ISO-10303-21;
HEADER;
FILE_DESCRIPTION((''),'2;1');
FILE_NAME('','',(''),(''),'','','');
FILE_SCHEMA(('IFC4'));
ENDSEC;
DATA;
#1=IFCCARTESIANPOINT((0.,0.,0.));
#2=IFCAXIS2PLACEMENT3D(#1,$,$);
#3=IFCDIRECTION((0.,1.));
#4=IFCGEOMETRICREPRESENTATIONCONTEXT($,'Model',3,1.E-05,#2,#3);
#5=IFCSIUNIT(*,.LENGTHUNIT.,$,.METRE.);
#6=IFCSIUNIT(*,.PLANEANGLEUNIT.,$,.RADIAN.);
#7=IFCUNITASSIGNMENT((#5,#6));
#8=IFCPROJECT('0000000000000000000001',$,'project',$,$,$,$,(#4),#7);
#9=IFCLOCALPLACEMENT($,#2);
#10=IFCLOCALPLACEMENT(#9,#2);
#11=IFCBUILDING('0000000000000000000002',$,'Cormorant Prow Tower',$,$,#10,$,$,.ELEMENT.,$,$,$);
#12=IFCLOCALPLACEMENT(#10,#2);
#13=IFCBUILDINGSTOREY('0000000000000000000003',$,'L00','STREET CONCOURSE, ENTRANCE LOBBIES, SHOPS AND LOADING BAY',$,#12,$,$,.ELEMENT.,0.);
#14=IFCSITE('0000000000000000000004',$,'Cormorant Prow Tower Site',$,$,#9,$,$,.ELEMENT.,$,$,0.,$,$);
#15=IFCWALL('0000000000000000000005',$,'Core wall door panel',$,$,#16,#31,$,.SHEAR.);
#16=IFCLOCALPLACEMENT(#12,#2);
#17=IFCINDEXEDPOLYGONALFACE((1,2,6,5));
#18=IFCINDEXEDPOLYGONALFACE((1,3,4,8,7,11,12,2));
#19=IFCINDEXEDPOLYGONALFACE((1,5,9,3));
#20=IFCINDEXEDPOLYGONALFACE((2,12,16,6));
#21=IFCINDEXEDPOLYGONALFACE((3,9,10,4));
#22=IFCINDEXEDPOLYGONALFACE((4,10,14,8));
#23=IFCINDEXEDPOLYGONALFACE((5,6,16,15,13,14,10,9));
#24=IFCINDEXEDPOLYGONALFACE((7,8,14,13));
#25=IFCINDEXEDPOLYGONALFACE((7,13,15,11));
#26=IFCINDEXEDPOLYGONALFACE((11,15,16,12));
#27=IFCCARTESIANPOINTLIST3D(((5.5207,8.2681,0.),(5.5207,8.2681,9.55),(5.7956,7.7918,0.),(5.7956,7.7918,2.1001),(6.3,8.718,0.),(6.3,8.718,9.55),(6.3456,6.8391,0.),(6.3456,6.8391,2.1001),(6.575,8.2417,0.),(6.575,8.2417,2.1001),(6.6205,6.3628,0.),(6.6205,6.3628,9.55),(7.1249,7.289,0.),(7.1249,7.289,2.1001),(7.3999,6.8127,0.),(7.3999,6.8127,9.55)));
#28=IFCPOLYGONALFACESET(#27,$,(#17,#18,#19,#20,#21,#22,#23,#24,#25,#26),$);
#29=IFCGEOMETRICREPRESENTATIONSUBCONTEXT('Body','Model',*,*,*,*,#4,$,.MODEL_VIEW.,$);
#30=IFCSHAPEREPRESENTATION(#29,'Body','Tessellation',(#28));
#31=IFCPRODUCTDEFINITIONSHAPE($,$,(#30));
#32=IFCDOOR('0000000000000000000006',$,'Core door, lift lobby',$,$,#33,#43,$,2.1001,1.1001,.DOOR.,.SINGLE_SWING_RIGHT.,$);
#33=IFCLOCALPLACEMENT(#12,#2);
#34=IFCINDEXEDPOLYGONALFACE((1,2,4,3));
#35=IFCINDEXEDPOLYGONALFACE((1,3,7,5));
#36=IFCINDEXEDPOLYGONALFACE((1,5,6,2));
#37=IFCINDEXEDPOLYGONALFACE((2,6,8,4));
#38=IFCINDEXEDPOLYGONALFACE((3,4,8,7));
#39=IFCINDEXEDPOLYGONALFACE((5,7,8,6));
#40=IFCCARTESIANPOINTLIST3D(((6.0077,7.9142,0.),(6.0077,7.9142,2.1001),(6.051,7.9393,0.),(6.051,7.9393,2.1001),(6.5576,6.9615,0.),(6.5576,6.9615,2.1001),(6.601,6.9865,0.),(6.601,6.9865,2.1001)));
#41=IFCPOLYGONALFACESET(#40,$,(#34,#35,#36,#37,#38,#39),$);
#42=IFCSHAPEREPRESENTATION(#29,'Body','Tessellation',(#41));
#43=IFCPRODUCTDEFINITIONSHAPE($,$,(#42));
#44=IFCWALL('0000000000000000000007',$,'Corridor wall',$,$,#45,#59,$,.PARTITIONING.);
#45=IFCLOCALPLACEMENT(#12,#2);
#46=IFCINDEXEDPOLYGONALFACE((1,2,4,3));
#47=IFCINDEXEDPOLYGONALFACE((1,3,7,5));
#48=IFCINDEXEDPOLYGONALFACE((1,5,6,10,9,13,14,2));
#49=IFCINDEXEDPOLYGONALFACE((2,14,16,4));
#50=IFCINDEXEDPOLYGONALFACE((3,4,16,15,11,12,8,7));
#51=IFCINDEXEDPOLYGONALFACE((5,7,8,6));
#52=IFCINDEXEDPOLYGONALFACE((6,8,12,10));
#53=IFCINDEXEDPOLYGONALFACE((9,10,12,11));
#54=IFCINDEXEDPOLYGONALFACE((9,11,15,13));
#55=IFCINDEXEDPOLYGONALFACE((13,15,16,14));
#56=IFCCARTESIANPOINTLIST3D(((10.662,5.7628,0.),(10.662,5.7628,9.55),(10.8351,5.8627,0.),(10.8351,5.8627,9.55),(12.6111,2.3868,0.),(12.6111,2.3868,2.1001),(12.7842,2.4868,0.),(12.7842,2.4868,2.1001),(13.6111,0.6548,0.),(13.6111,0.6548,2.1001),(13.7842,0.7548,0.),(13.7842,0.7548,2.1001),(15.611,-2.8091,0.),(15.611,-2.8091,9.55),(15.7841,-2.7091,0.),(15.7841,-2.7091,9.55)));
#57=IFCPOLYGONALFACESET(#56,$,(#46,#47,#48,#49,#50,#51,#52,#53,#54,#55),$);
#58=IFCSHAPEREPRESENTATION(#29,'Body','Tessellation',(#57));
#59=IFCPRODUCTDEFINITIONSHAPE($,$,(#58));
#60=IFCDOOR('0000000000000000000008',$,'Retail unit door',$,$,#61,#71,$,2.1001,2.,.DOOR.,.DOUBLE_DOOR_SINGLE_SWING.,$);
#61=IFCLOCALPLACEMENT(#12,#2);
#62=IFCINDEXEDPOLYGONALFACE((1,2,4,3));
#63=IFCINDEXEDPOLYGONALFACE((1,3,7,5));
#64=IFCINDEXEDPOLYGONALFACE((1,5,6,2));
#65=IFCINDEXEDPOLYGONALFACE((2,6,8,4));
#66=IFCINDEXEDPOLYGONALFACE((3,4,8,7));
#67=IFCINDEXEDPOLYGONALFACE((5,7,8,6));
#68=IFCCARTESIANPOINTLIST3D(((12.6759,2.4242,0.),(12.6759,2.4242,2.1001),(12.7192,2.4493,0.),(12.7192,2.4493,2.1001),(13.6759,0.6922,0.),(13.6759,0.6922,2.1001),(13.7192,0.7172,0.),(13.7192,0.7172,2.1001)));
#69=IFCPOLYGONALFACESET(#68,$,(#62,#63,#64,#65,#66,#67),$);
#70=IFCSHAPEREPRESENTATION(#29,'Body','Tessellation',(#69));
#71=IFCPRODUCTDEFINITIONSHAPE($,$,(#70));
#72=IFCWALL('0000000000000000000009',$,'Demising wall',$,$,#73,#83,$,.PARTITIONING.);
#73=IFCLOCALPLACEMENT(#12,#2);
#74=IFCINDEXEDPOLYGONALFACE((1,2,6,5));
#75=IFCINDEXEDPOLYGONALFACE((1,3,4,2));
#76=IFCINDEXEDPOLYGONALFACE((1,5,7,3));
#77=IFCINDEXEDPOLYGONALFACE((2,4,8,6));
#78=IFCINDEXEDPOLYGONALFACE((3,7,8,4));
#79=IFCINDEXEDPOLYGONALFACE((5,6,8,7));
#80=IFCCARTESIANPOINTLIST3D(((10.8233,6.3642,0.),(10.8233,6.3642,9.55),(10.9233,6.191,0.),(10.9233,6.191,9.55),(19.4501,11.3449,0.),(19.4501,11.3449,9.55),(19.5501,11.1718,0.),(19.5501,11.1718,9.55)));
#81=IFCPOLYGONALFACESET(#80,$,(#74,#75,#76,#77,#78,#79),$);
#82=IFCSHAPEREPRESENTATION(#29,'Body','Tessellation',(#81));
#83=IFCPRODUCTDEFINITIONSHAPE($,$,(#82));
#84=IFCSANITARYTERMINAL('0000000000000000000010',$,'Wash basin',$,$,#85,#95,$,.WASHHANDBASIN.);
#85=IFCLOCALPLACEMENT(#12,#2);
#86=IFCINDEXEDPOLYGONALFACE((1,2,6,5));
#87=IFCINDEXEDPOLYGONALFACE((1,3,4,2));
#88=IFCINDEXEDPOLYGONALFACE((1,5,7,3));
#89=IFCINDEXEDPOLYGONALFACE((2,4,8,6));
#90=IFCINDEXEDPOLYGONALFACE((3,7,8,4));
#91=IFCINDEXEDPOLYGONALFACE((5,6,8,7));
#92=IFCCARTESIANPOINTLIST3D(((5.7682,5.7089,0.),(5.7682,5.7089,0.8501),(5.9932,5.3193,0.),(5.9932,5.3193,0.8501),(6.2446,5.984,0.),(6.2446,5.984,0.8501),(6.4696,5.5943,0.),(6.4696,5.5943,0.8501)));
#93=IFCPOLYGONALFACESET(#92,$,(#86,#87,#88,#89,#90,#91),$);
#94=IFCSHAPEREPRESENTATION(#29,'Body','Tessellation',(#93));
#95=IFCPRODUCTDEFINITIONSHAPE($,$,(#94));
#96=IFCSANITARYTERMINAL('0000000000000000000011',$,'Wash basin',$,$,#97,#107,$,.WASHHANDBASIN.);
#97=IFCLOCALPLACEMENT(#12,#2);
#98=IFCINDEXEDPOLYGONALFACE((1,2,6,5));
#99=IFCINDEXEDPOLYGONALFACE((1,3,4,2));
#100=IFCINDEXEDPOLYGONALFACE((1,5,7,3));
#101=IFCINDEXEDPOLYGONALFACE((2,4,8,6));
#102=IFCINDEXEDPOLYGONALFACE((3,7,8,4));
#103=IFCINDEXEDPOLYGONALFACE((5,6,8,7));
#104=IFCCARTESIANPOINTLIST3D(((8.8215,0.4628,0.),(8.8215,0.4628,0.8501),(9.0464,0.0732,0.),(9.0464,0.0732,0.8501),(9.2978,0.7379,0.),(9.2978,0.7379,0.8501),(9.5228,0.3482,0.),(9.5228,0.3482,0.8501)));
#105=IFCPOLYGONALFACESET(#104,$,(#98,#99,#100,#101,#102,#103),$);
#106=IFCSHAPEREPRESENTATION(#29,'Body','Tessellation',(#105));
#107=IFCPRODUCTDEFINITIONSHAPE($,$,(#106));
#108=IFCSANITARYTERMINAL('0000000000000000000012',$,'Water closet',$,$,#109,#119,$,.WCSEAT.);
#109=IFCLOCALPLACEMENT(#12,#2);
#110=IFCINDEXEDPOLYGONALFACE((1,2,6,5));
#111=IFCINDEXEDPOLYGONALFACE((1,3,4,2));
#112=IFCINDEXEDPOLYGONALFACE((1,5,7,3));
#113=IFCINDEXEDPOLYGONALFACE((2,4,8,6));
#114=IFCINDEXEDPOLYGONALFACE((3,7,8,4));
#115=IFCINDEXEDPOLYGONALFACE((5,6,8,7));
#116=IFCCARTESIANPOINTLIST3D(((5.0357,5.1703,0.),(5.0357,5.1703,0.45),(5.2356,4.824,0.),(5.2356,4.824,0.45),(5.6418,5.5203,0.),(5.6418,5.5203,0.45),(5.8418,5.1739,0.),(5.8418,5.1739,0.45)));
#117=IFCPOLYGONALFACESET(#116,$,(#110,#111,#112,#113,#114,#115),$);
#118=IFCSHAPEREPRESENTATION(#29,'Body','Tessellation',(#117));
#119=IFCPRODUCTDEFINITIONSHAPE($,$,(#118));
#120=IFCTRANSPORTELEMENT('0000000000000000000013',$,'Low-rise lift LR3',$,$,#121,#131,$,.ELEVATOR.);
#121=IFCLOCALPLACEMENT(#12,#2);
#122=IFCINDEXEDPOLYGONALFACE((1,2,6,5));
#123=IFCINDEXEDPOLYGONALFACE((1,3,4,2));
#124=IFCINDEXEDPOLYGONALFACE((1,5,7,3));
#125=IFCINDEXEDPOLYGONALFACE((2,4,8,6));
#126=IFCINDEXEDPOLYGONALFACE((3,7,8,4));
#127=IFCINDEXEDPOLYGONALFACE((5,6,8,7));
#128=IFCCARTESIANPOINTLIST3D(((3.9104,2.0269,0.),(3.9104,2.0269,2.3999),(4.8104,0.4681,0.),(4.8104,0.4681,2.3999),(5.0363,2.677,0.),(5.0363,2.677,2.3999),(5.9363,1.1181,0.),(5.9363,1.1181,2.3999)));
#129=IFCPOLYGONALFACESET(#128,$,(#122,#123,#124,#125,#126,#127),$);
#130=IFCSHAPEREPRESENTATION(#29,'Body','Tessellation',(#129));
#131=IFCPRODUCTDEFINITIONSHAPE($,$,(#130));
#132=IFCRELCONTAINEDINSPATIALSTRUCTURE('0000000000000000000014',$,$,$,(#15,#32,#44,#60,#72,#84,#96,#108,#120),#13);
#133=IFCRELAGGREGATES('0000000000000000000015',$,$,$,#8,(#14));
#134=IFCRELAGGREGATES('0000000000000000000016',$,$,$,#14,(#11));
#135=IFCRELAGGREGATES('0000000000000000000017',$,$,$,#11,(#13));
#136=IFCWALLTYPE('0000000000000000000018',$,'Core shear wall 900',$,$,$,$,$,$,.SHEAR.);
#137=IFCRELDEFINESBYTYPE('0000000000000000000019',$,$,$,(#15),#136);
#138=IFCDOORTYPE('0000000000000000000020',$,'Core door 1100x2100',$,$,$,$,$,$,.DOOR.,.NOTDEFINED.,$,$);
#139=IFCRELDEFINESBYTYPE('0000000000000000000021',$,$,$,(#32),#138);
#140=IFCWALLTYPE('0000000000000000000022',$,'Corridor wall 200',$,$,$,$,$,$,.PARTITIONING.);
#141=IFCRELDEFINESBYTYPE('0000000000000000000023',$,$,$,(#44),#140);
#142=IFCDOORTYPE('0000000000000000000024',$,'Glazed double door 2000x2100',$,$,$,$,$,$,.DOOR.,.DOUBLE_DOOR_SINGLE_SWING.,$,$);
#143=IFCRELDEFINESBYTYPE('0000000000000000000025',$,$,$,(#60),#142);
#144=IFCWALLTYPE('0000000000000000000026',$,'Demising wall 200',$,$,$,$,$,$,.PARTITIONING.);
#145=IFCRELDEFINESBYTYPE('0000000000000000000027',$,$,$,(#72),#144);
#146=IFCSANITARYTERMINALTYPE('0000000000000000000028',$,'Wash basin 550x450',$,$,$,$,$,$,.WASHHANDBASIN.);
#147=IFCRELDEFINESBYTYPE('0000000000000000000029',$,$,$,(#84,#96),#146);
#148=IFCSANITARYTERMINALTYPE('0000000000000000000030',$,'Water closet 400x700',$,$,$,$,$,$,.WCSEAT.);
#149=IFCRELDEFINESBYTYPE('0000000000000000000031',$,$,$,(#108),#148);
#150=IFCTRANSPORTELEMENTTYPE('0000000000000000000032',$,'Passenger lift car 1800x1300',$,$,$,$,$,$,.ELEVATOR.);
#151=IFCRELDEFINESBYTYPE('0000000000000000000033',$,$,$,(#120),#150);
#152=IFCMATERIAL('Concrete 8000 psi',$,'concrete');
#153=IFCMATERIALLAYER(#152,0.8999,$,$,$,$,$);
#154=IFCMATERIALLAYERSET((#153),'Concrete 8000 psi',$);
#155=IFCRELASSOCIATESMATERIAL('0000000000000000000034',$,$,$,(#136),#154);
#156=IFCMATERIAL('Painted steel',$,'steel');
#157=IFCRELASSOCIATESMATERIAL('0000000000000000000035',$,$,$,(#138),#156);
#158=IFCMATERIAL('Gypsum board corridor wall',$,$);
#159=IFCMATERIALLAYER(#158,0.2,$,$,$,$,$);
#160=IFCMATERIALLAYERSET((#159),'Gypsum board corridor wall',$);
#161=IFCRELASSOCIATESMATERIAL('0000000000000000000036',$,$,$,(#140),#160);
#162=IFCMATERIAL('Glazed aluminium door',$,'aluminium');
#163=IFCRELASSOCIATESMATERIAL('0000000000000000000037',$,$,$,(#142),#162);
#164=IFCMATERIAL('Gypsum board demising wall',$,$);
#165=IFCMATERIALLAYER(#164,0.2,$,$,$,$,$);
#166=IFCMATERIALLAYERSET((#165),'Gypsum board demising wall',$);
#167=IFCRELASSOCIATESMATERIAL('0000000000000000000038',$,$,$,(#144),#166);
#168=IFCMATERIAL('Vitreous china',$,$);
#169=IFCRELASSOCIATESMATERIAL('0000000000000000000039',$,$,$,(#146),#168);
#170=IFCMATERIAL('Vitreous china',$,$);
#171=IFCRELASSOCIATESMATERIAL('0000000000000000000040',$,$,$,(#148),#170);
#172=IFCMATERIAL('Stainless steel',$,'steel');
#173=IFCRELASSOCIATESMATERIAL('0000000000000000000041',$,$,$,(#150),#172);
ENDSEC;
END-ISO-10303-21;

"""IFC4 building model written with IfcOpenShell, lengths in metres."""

from ifc_helpers import new_model, si_unit, direction, frame, frame_2d, origin, origin_2d, place, context, subcontext, project, spatial, rectangle, extrude, material, layer, layer_set, type_object, element, fill, save


model = new_model("IFC4")

# Units and contexts
model_context = context("Model", 3, precision=1e-05, world=origin(), true_north=direction((0.0, 1.0)))
body_context = subcontext(model_context, "Body", "Model", "MODEL_VIEW")
ifc_project = project(units=[si_unit("LENGTHUNIT", "METRE"), si_unit("PLANEANGLEUNIT", "RADIAN")], contexts=[model_context])

# Site, building, storey
site_placement = place(None, origin())
site = spatial("IfcSite", under=ifc_project, at=site_placement, Name="Cormorant Prow Tower Site", CompositionType="ELEMENT", RefElevation=0.0)
building_placement = place(site_placement, origin())
building = spatial("IfcBuilding", under=site, at=building_placement, Name="Cormorant Prow Tower", CompositionType="ELEMENT")
storey_placement = place(building_placement, origin())
storey = spatial("IfcBuildingStorey", under=building, at=storey_placement, Name="L00", Description="STREET CONCOURSE, ENTRANCE LOBBIES, SHOPS AND LOADING BAY", CompositionType="ELEMENT", Elevation=0.0)

# Shared definitions
ifc_material_1 = material(Name="Concrete 8000 psi", Category="concrete")
ifc_layer_1 = layer(ifc_material_1, 0.8999)
ifc_layer_set_1 = layer_set([ifc_layer_1], Name="Concrete 8000 psi")
wall_type_1 = type_object("IfcWallType", Name="Core shear wall 900", PredefinedType="SHEAR", material=ifc_layer_set_1)

# Walls, openings, doors
wall_1_placement = place(storey_placement, frame((7.0103, 6.5876, 0.0), z_axis=(0.0, 0.0, 1.0), x_axis=(-0.499947, 0.866056, 0.0)))
wall_1 = element("IfcWall", 1, at=wall_1_placement, inside=storey, type_object=wall_type_1, Name="Core wall door panel", PredefinedType="SHEAR", context=body_context, shape_type="SweptSolid", body=[
    extrude(rectangle(XDim=2.2, YDim=0.8999, at=frame_2d((1.1001, 0.0))), origin(), (0.0, 0.0, 1.0), 9.55),
])
opening_1_placement = place(wall_1_placement, frame((0.55, 0.0, 0.0)))
opening_1 = element("IfcOpeningElement", 2, at=opening_1_placement, cuts=wall_1, PredefinedType="OPENING", context=body_context, shape_type="SweptSolid", body=[
    extrude(rectangle(XDim=1.1001, YDim=2.1001, at=frame_2d((0.55, 1.05))), frame((0.0, 0.46, 0.0), z_axis=(0.0, -1.0, 0.0), x_axis=(1.0, 0.0, 0.0)), (0.0, 0.0, 1.0), 0.9199),
])
ifc_material_2 = material(Name="Painted steel", Category="steel")
door_type_1 = type_object("IfcDoorType", Name="Core door 1100x2100", OperationType="NOTDEFINED", PredefinedType="DOOR", material=ifc_material_2)
door_1_placement = place(opening_1_placement, origin())
door_1 = element("IfcDoor", 3, at=door_1_placement, inside=storey, type_object=door_type_1, Name="Core door, lift lobby", OperationType="SINGLE_SWING_RIGHT", OverallHeight=2.1001, OverallWidth=1.1001, PredefinedType="DOOR", context=body_context, shape_type="SweptSolid", body=[
    extrude(rectangle(XDim=1.1001, YDim=2.1001, at=frame_2d((0.55, 1.05))), frame((0.0, 0.2051, 0.0), z_axis=(0.0, -1.0, 0.0), x_axis=(1.0, 0.0, 0.0)), (0.0, 0.0, 1.0), 0.05),
])
fill(opening_1, door_1)
ifc_material_3 = material(Name="Gypsum board corridor wall")
ifc_layer_2 = layer(ifc_material_3, 0.2)
ifc_layer_set_2 = layer_set([ifc_layer_2], Name="Gypsum board corridor wall")
wall_type_2 = type_object("IfcWallType", Name="Corridor wall 200", PredefinedType="PARTITIONING", material=ifc_layer_set_2)
wall_2_placement = place(storey_placement, frame((10.7485, 5.8127, 0.0), z_axis=(0.0, 0.0, 1.0), x_axis=(0.500004, -0.866023, 0.0)))
wall_2 = element("IfcWall", 4, at=wall_2_placement, inside=storey, type_object=wall_type_2, Name="Corridor wall", PredefinedType="PARTITIONING", context=body_context, shape_type="SweptSolid", body=[
    extrude(rectangle(XDim=9.8979, YDim=0.2, at=frame_2d((4.949, 0.0))), origin(), (0.0, 0.0, 1.0), 9.55),
])
opening_2_placement = place(wall_2_placement, frame((3.8982, 0.0, 0.0)))
opening_2 = element("IfcOpeningElement", 5, at=opening_2_placement, cuts=wall_2, PredefinedType="OPENING", context=body_context, shape_type="SweptSolid", body=[
    extrude(rectangle(XDim=2.0, YDim=2.1001, at=frame_2d((1.0, 1.05))), frame((0.0, 0.1099, 0.0), z_axis=(0.0, -1.0, 0.0), x_axis=(1.0, 0.0, 0.0)), (0.0, 0.0, 1.0), 0.22),
])
ifc_material_4 = material(Name="Glazed aluminium door", Category="aluminium")
door_type_2 = type_object("IfcDoorType", Name="Glazed double door 2000x2100", OperationType="DOUBLE_DOOR_SINGLE_SWING", PredefinedType="DOOR", material=ifc_material_4)
door_2_placement = place(opening_2_placement, origin())
door_2 = element("IfcDoor", 6, at=door_2_placement, inside=storey, type_object=door_type_2, Name="Retail unit door", OperationType="DOUBLE_DOOR_SINGLE_SWING", OverallHeight=2.1001, OverallWidth=2.0, PredefinedType="DOOR", context=body_context, shape_type="SweptSolid", body=[
    extrude(rectangle(XDim=2.0, YDim=2.1001, at=frame_2d((1.0, 1.05))), frame((0.0, 0.0249, 0.0), z_axis=(0.0, -1.0, 0.0), x_axis=(1.0, 0.0, 0.0)), (0.0, 0.0, 1.0), 0.05),
])
fill(opening_2, door_2)

# Wall
ifc_material_5 = material(Name="Gypsum board demising wall")
ifc_layer_3 = layer(ifc_material_5, 0.2)
ifc_layer_set_3 = layer_set([ifc_layer_3], Name="Gypsum board demising wall")
wall_type_3 = type_object("IfcWallType", Name="Demising wall 200", PredefinedType="PARTITIONING", material=ifc_layer_set_3)
wall_3_placement = place(storey_placement, frame((10.8733, 6.2776, 0.0), z_axis=(0.0, 0.0, 1.0), x_axis=(0.866022, 0.500006, 0.0)))
element("IfcWall", 7, at=wall_3_placement, inside=storey, type_object=wall_type_3, Name="Demising wall", PredefinedType="PARTITIONING", context=body_context, shape_type="SweptSolid", body=[
    extrude(rectangle(XDim=9.9614, YDim=0.2, at=frame_2d((4.9807, 0.0))), origin(), (0.0, 0.0, 1.0), 9.55),
])

# Sanitary terminals
ifc_material_6 = material(Name="Vitreous china")
sanitary_terminal_type_1 = type_object("IfcSanitaryTerminalType", Name="Wash basin 550x450", PredefinedType="WASHHANDBASIN", material=ifc_material_6)
for number, where, z_axis, x_axis, name in (
    (8, (6.1189, 5.6516, 0.0), (0.0, 0.0, 1.0), (-0.866043, -0.49997, 0.0), "Wash basin"),
    (9, (9.1721, 0.4055, 0.0), (0.0, 0.0, 1.0), (0.866017, 0.500015, 0.0), "Wash basin"),
):
    element("IfcSanitaryTerminal", number, at=place(storey_placement, frame(where, z_axis=z_axis, x_axis=x_axis)), inside=storey, type_object=sanitary_terminal_type_1, Name=name, PredefinedType="WASHHANDBASIN", context=body_context, shape_type="SweptSolid", body=[
        extrude(rectangle(XDim=0.55, YDim=0.45, at=origin_2d()), origin(), (0.0, 0.0, 1.0), 0.8501),
    ])
ifc_material_7 = material(Name="Vitreous china")
sanitary_terminal_type_2 = type_object("IfcSanitaryTerminalType", Name="Water closet 400x700", PredefinedType="WCSEAT", material=ifc_material_7)
sanitary_terminal_placement = place(storey_placement, frame((5.4387, 5.1721, 0.0), z_axis=(0.0, 0.0, 1.0), x_axis=(0.5, -0.866025, 0.0)))
element("IfcSanitaryTerminal", 10, at=sanitary_terminal_placement, inside=storey, type_object=sanitary_terminal_type_2, Name="Water closet", PredefinedType="WCSEAT", context=body_context, shape_type="SweptSolid", body=[
    extrude(rectangle(XDim=0.3999, YDim=0.7, at=origin_2d()), origin(), (0.0, 0.0, 1.0), 0.45),
])

# Transport element
ifc_material_8 = material(Name="Stainless steel", Category="steel")
transport_element_type = type_object("IfcTransportElementType", Name="Passenger lift car 1800x1300", PredefinedType="ELEVATOR", material=ifc_material_8)
transport_element_placement = place(storey_placement, frame((4.9233, 1.5725, 0.0), z_axis=(0.0, 0.0, 1.0), x_axis=(-0.5, 0.866025, 0.0)))
element("IfcTransportElement", 11, at=transport_element_placement, inside=storey, type_object=transport_element_type, Name="Low-rise lift LR3", PredefinedType="ELEVATOR", context=body_context, shape_type="SweptSolid", body=[
    extrude(rectangle(XDim=1.8, YDim=1.3, at=origin_2d()), origin(), (0.0, 0.0, 1.0), 2.3999),
])

save(model, "model.ifc")
